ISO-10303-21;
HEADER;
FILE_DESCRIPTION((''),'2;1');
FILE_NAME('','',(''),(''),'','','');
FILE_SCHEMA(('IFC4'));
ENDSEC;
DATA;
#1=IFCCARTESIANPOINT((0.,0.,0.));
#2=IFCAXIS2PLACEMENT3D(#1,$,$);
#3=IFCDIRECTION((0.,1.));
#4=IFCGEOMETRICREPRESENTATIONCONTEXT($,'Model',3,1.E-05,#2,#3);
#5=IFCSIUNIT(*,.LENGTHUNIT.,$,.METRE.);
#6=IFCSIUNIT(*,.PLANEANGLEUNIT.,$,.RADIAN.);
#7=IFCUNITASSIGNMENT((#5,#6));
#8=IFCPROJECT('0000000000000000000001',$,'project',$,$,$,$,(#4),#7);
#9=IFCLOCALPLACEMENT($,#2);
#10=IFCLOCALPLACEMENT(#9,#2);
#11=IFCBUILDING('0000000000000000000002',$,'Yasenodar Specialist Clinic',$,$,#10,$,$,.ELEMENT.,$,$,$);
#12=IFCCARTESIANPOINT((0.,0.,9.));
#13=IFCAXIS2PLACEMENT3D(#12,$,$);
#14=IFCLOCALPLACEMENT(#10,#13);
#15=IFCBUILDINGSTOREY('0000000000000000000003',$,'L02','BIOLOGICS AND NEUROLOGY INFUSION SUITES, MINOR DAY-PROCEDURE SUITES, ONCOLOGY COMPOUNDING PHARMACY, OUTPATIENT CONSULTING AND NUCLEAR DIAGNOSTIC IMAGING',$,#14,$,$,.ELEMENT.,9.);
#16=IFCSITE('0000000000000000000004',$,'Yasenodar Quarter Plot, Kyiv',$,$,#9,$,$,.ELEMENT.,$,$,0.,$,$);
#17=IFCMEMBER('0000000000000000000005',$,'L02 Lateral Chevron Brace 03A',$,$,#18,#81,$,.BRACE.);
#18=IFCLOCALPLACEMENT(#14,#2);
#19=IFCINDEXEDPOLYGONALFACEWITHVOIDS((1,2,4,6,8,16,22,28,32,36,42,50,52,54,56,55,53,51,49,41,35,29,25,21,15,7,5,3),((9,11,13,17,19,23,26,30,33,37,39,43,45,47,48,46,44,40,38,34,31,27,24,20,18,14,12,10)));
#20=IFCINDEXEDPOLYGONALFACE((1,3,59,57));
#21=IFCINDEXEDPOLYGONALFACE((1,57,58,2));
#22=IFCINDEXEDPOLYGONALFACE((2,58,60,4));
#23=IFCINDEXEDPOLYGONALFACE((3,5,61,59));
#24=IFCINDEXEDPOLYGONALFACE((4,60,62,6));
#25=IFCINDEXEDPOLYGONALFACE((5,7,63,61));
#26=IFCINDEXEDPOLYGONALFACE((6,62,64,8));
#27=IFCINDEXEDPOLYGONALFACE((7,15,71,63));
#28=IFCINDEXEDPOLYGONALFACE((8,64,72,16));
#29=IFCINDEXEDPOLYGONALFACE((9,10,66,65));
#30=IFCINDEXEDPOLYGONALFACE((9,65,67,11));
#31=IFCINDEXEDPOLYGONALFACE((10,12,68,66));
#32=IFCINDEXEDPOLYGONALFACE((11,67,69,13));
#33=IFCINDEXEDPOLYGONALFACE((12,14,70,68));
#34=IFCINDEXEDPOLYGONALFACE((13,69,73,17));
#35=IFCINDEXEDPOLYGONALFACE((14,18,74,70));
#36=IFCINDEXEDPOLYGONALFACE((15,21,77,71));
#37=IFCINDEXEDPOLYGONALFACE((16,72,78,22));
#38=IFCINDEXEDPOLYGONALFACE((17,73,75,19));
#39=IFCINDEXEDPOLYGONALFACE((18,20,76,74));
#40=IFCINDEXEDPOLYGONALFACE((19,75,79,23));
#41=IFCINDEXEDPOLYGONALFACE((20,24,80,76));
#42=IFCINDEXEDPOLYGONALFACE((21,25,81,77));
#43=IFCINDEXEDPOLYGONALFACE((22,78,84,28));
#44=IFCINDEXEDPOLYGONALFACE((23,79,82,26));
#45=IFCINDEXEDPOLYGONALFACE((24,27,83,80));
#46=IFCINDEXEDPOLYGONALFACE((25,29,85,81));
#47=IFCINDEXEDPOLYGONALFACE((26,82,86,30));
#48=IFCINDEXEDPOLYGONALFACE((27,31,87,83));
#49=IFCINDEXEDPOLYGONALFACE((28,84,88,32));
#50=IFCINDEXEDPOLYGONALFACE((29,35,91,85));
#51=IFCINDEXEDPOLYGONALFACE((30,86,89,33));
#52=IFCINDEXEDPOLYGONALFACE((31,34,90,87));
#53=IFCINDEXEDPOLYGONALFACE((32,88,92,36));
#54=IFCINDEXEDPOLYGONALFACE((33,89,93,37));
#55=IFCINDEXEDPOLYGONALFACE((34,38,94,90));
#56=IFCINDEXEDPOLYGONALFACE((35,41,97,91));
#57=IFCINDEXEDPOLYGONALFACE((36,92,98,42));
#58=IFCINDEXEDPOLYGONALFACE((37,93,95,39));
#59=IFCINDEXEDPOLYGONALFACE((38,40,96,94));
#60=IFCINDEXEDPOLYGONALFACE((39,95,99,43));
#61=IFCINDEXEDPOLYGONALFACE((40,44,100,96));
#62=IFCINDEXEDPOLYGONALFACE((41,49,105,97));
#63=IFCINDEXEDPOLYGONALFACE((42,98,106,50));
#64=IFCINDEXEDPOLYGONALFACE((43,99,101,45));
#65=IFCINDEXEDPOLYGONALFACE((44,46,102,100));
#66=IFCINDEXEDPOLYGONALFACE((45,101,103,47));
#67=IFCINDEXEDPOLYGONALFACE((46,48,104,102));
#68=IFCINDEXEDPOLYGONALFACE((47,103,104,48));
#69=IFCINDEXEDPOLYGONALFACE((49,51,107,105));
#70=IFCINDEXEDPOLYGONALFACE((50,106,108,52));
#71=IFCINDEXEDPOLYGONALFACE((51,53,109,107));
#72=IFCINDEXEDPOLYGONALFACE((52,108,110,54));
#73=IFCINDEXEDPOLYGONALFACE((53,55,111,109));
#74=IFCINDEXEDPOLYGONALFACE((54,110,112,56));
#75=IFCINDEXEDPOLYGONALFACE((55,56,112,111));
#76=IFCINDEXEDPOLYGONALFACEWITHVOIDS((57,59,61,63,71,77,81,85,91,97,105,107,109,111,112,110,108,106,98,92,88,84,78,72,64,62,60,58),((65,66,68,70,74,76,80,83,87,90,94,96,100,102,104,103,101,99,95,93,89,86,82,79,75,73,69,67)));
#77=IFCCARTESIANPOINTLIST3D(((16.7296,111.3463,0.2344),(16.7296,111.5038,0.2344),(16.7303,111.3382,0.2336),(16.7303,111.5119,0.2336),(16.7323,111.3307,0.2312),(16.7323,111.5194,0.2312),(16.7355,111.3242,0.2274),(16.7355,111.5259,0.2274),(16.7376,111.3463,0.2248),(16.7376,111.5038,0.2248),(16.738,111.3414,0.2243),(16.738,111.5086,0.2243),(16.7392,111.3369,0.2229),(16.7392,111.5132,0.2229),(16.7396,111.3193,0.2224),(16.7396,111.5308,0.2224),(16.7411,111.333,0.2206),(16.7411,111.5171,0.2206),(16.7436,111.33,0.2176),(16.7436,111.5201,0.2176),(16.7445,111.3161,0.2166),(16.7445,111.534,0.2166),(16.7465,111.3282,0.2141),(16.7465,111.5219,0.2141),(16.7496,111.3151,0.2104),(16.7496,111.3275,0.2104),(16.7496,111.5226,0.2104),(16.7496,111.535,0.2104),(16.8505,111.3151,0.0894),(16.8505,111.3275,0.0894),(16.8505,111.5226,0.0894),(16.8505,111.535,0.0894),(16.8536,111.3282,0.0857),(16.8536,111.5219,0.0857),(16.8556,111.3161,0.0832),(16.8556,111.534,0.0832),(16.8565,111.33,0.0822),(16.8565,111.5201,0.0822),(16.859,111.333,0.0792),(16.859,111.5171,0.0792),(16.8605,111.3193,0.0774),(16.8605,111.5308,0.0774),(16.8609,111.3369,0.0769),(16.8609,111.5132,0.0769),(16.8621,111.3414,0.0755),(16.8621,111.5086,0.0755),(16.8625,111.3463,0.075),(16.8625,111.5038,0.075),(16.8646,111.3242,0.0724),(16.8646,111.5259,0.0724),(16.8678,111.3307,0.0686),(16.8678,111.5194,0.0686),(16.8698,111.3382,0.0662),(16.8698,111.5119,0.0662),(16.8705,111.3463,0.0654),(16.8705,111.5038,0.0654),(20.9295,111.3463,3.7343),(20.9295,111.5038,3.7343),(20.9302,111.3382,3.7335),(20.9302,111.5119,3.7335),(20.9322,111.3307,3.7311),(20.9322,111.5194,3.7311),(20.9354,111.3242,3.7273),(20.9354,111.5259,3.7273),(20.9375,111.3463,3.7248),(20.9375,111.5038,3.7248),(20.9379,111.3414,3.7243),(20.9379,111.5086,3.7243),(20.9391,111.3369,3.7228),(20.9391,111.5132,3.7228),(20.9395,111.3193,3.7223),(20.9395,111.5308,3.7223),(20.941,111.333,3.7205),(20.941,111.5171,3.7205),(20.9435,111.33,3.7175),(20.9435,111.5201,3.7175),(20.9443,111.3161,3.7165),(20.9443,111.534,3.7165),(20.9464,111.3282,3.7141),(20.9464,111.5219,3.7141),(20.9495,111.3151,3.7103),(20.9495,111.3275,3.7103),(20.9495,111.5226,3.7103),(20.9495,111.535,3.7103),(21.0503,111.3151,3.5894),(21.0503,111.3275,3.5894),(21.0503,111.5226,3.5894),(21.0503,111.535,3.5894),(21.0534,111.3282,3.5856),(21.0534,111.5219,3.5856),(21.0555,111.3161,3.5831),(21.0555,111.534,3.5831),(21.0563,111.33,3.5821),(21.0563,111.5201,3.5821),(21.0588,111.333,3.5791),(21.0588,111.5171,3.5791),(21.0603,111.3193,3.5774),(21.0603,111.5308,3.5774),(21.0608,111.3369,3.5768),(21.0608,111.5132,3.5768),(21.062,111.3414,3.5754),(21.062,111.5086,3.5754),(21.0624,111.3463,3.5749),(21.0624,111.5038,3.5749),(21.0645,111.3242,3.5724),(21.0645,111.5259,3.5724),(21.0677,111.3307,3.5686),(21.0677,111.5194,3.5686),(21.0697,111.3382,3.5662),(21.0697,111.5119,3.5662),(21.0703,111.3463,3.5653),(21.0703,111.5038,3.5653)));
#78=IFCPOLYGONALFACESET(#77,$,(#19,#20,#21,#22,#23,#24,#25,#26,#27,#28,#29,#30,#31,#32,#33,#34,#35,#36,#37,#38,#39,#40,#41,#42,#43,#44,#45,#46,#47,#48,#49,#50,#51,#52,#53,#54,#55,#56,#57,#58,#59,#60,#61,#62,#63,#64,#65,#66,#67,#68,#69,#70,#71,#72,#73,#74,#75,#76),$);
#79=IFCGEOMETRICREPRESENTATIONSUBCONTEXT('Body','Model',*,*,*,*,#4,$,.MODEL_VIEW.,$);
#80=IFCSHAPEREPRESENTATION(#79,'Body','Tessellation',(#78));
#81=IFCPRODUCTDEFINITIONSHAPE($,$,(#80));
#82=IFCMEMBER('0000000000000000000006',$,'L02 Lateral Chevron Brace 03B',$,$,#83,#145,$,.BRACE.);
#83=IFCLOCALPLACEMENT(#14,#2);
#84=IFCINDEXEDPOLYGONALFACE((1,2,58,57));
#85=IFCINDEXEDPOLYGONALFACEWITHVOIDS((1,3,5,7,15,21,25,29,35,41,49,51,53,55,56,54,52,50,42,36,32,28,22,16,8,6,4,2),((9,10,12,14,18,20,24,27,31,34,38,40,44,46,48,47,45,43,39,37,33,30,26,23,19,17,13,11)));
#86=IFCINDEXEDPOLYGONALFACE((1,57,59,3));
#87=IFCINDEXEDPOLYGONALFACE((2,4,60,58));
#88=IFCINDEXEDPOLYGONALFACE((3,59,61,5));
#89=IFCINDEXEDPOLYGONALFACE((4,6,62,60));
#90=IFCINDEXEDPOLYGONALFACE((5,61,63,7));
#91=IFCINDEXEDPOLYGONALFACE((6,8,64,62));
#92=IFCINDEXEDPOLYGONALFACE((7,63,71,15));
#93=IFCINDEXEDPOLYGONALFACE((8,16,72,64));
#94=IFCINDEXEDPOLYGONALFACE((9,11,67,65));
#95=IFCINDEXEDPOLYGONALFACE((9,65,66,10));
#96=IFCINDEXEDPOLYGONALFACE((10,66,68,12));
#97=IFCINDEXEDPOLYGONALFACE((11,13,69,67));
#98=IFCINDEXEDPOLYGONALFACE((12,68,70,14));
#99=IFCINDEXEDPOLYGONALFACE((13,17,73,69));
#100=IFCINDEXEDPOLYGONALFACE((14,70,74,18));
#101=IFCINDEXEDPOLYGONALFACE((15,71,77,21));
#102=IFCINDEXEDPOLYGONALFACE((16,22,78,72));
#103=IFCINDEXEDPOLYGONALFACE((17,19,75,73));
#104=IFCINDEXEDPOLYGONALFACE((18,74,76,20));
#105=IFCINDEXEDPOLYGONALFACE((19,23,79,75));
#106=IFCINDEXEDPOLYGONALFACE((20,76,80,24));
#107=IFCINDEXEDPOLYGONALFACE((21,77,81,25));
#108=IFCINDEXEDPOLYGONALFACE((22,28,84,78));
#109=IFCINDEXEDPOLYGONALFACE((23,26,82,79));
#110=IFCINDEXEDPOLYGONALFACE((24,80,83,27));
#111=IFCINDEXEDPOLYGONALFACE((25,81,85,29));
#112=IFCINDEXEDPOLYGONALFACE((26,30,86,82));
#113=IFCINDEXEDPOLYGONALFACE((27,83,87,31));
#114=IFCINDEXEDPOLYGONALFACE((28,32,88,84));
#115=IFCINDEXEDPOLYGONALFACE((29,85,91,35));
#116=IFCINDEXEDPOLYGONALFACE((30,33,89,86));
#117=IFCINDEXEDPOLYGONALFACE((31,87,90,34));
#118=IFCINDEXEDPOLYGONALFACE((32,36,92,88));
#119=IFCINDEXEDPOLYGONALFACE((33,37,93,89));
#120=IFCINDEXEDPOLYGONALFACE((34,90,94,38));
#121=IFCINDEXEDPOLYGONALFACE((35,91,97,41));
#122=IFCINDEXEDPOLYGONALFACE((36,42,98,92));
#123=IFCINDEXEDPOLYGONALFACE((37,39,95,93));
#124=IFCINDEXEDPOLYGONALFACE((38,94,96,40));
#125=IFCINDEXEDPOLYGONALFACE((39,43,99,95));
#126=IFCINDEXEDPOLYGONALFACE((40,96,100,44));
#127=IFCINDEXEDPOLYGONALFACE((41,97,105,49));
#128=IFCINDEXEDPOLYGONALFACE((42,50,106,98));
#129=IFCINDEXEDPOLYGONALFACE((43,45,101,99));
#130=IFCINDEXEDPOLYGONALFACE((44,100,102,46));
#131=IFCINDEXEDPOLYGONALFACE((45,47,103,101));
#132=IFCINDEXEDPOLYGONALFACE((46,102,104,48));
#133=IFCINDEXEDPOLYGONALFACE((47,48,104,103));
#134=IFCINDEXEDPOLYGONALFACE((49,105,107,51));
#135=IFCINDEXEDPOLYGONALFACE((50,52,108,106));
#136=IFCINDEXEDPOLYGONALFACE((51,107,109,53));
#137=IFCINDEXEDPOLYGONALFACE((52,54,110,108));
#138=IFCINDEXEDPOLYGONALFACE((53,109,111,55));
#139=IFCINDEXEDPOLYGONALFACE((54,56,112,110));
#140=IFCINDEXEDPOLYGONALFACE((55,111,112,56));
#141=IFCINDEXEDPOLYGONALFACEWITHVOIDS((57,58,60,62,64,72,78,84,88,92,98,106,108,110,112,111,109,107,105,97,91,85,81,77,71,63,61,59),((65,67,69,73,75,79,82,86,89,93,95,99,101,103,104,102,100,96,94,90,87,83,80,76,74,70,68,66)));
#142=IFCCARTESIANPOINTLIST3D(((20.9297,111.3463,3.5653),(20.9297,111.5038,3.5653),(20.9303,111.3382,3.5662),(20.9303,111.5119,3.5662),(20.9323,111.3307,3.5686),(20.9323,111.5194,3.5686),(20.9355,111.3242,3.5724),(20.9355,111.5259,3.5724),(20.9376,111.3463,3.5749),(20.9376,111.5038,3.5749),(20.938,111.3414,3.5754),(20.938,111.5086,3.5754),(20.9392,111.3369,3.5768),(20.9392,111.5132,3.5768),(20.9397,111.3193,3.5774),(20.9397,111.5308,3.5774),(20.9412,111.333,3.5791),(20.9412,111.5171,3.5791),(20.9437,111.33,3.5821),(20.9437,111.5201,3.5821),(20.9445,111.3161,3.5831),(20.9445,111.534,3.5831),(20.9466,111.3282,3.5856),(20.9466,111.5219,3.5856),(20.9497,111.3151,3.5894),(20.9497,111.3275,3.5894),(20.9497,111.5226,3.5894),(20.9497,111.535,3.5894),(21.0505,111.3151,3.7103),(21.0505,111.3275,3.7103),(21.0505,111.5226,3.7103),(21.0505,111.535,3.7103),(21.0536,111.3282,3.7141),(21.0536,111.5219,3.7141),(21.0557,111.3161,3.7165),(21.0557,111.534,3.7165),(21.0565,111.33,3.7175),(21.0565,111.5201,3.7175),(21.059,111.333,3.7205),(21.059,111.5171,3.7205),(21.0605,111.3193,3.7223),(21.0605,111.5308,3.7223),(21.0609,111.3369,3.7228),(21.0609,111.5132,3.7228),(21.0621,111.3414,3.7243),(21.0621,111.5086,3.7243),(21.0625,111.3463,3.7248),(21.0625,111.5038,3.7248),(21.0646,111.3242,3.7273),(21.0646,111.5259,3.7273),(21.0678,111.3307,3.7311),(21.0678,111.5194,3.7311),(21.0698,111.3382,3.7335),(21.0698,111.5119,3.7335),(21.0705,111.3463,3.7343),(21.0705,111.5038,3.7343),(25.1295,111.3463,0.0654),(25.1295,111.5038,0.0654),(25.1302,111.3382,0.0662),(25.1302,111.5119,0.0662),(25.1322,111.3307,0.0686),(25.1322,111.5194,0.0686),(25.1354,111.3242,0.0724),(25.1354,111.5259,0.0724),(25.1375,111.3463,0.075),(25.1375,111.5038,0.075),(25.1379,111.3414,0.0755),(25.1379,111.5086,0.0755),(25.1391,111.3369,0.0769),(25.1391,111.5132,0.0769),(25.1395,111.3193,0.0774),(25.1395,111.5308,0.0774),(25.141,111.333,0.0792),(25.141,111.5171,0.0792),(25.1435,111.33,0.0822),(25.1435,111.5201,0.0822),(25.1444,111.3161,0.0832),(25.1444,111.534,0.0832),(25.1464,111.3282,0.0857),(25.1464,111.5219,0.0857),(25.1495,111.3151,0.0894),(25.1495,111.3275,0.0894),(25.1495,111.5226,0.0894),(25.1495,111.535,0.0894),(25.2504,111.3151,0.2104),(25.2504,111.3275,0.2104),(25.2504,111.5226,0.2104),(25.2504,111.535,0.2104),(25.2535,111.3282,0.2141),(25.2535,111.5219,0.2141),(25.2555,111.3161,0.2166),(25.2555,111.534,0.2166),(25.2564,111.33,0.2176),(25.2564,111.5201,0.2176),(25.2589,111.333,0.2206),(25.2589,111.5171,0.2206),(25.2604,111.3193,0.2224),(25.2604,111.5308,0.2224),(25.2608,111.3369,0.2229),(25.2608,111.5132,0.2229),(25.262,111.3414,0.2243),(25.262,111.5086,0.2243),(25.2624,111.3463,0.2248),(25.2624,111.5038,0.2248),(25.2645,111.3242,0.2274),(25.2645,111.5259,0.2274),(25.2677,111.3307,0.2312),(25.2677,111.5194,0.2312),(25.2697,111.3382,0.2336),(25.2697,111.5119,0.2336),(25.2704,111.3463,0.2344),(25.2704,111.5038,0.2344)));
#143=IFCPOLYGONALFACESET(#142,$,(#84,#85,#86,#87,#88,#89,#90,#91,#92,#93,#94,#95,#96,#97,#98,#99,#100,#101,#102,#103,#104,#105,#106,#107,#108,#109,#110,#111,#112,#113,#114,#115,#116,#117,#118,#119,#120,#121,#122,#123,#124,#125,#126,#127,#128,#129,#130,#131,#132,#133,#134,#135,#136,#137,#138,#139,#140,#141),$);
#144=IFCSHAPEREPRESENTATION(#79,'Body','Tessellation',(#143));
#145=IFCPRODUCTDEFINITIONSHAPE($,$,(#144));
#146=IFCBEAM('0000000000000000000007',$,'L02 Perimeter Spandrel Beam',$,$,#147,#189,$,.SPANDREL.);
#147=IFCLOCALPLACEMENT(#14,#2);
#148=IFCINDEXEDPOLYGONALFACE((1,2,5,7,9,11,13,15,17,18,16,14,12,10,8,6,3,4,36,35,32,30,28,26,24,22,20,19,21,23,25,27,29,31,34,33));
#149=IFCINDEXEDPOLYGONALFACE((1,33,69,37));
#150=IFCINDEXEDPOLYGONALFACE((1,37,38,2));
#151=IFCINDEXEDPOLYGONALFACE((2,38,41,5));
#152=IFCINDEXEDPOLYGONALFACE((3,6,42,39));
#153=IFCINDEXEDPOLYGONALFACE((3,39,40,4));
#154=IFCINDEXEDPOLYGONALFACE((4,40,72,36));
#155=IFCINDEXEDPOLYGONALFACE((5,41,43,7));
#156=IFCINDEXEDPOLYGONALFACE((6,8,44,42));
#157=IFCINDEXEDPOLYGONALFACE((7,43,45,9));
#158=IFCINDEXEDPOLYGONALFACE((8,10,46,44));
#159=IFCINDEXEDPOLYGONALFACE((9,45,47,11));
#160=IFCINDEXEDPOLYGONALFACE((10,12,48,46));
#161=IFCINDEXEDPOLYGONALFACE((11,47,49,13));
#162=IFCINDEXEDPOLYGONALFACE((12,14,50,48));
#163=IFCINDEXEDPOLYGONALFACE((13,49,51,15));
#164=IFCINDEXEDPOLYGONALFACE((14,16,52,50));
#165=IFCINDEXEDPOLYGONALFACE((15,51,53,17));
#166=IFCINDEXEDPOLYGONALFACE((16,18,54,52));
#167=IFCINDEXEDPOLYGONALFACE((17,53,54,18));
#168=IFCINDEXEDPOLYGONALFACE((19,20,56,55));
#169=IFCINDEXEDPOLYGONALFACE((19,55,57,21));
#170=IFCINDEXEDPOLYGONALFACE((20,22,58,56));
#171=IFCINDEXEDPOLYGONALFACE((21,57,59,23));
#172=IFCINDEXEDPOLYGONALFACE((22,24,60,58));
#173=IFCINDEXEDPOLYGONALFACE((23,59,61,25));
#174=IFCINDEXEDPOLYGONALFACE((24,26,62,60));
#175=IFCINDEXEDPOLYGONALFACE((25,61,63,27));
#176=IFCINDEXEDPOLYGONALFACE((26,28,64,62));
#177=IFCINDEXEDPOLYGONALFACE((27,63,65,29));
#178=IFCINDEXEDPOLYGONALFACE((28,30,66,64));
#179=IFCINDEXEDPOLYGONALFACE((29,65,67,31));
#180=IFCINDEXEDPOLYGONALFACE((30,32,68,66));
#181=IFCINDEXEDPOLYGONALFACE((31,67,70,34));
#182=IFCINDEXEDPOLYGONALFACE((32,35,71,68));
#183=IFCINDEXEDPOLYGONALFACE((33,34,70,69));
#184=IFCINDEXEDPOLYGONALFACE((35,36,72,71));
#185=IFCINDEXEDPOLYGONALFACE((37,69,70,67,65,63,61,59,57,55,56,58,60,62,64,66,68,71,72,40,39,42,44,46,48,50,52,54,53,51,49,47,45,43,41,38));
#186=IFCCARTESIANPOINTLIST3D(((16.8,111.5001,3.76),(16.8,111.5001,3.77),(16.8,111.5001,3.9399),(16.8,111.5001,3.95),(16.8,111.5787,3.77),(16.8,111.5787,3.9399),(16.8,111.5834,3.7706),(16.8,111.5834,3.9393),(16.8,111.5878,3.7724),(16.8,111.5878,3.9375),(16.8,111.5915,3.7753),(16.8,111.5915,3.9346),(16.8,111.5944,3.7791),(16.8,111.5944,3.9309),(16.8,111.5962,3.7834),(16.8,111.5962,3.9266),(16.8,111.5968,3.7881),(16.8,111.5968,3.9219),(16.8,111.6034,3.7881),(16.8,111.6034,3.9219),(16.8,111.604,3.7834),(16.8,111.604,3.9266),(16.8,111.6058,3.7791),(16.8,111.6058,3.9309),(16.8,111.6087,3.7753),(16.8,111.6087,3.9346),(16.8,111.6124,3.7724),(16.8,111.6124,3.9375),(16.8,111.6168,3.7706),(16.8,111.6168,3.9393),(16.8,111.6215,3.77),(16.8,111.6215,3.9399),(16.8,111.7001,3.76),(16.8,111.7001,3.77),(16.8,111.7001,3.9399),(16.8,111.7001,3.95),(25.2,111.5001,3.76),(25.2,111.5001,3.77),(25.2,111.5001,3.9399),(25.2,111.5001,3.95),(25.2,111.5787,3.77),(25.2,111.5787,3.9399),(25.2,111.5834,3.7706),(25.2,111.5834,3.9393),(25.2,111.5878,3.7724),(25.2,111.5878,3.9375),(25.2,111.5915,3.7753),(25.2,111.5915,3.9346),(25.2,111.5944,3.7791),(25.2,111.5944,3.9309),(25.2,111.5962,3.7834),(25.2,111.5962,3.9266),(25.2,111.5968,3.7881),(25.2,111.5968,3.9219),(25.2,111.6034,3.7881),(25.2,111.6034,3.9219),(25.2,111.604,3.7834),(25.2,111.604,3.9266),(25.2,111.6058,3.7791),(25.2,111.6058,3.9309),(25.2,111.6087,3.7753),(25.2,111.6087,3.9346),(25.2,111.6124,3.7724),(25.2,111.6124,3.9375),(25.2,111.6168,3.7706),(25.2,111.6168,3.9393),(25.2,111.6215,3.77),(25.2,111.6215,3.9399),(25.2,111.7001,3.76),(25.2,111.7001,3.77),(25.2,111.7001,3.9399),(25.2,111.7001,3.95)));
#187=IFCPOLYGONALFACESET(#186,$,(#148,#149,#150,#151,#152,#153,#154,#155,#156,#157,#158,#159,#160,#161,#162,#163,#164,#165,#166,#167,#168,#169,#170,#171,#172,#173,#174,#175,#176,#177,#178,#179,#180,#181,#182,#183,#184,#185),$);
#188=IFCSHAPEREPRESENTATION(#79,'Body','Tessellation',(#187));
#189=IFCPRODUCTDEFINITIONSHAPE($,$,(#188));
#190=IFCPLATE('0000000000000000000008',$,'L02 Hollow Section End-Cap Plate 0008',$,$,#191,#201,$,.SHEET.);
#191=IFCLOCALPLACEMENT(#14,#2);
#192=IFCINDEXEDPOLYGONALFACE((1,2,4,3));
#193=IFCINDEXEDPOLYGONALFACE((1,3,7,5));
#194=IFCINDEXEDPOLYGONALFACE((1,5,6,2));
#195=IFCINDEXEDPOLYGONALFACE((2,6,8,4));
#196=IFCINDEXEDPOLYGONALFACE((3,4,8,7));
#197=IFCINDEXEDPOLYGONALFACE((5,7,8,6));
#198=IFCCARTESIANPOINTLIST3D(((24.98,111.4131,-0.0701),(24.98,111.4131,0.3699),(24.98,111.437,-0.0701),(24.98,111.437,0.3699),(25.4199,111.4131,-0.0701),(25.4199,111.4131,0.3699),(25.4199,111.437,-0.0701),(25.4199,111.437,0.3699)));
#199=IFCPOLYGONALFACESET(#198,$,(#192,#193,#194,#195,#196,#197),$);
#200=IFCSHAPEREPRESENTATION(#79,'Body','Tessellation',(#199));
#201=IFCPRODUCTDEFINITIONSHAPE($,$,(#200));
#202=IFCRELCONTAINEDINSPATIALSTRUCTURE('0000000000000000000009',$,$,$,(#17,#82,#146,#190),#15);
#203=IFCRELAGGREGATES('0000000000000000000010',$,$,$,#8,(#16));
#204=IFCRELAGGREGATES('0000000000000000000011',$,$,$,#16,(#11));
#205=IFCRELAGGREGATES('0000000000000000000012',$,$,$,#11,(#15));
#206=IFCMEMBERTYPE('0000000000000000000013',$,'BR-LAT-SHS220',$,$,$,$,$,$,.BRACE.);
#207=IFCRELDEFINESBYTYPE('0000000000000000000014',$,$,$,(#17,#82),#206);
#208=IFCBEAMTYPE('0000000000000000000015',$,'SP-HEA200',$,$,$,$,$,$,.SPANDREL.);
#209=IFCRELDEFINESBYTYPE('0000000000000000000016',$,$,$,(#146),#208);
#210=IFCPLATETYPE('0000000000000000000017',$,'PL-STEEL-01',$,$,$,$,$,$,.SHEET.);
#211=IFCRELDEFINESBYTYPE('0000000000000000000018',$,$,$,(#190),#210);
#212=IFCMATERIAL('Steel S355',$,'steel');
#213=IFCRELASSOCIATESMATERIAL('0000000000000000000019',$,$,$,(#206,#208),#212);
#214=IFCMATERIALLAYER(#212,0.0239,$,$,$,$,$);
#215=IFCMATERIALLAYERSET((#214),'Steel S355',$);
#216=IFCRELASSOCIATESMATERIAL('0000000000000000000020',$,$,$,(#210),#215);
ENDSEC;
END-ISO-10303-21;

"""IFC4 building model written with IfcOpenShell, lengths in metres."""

from ifc_helpers import new_model, si_unit, direction, frame, origin, origin_2d, place, context, subcontext, project, spatial, rectangle, hollow_rectangle, i_section, extrude, material, layer, layer_set, material_profile, profile_set, type_object, element, save


model = new_model("IFC4")

# Units and contexts
model_context = context("Model", 3, precision=1e-05, world=origin(), true_north=direction((0.0, 1.0)))
body_context = subcontext(model_context, "Body", "Model", "MODEL_VIEW")
ifc_project = project(units=[si_unit("LENGTHUNIT", "METRE"), si_unit("PLANEANGLEUNIT", "RADIAN")], contexts=[model_context])

# Site, building, storey
site_placement = place(None, origin())
site = spatial("IfcSite", under=ifc_project, at=site_placement, Name="Yasenodar Quarter Plot, Kyiv", CompositionType="ELEMENT", RefElevation=0.0)
building_placement = place(site_placement, origin())
building = spatial("IfcBuilding", under=site, at=building_placement, Name="Yasenodar Specialist Clinic", CompositionType="ELEMENT")
storey_placement = place(building_placement, frame((0.0, 0.0, 9.0)))
storey = spatial("IfcBuildingStorey", under=building, at=storey_placement, Name="L02", Description="BIOLOGICS AND NEUROLOGY INFUSION SUITES, MINOR DAY-PROCEDURE SUITES, ONCOLOGY COMPOUNDING PHARMACY, OUTPATIENT CONSULTING AND NUCLEAR DIAGNOSTIC IMAGING", CompositionType="ELEMENT", Elevation=9.0)

# Shared definitions
ifc_material_1 = material(Name="Steel S355", Category="steel")

# Members
ifc_material_profile_1 = material_profile(ifc_material_1, hollow_rectangle(XDim=0.22, YDim=0.22, WallThickness=0.0125, InnerFilletRadius=0.0188, OuterFilletRadius=0.0312, at=origin_2d()), Name="SHS 220x220x12.5")
ifc_profile_set_1 = profile_set([ifc_material_profile_1], Name="Steel S355")
member_type = type_object("IfcMemberType", Name="BR-LAT-SHS220", PredefinedType="BRACE", material=ifc_profile_set_1)
for number, where, z_axis, x_axis, name in (
    (1, (16.8, 111.425, 0.1499), (0.768218, 0.0, 0.640189), (0.0, 1.0, 0.0), "L02 Lateral Chevron Brace 03A"),
    (2, (25.2, 111.425, 0.1499), (-0.768218, 0.0, 0.640189), (0.0, -1.0, 0.0), "L02 Lateral Chevron Brace 03B"),
):
    element("IfcMember", number, at=place(storey_placement, frame(where, z_axis=z_axis, x_axis=x_axis)), inside=storey, type_object=member_type, Name=name, PredefinedType="BRACE", context=body_context, shape_type="SweptSolid", body=[
        extrude(hollow_rectangle(XDim=0.22, YDim=0.22, WallThickness=0.0125, InnerFilletRadius=0.0188, OuterFilletRadius=0.0312, at=origin_2d()), origin(), (0.0, 0.0, 1.0), 5.467),
    ])

# Beam
ifc_material_profile_2 = material_profile(ifc_material_1, i_section(OverallWidth=0.2, OverallDepth=0.1899, WebThickness=0.0066, FlangeThickness=0.01, FilletRadius=0.0181, at=origin_2d()), Name="HEA 200")
ifc_profile_set_2 = profile_set([ifc_material_profile_2], Name="Steel S355")
beam_type_1 = type_object("IfcBeamType", Name="SP-HEA200", PredefinedType="SPANDREL", material=ifc_profile_set_2)
beam_1_placement = place(storey_placement, frame((16.8, 111.6001, 3.855), z_axis=(1.0, 0.0, 0.0), x_axis=(0.0, 1.0, 0.0)))
element("IfcBeam", 3, at=beam_1_placement, inside=storey, type_object=beam_type_1, Name="L02 Perimeter Spandrel Beam", PredefinedType="SPANDREL", context=body_context, shape_type="SweptSolid", body=[
    extrude(i_section(OverallWidth=0.2, OverallDepth=0.1899, WebThickness=0.0066, FlangeThickness=0.01, FilletRadius=0.0181, at=origin_2d()), origin(), (0.0, 0.0, 1.0), 8.3999),
])

# Plate
ifc_layer_1 = layer(ifc_material_1, 0.0239)
ifc_layer_set_1 = layer_set([ifc_layer_1], Name="Steel S355")
plate_type_1 = type_object("IfcPlateType", Name="PL-STEEL-01", PredefinedType="SHEET", material=ifc_layer_set_1)
plate_1_placement = place(storey_placement, frame((25.2, 111.425, -0.0701), z_axis=(0.0, 0.0, 1.0), x_axis=(1.0, 0.0, 0.0)))
element("IfcPlate", 4, at=plate_1_placement, inside=storey, type_object=plate_type_1, Name="L02 Hollow Section End-Cap Plate 0008", PredefinedType="SHEET", context=body_context, shape_type="SweptSolid", body=[
    extrude(rectangle(XDim=0.4399, YDim=0.0239, at=origin_2d()), origin(), (0.0, 0.0, 1.0), 0.4399),
])

save(model, "model.ifc")
